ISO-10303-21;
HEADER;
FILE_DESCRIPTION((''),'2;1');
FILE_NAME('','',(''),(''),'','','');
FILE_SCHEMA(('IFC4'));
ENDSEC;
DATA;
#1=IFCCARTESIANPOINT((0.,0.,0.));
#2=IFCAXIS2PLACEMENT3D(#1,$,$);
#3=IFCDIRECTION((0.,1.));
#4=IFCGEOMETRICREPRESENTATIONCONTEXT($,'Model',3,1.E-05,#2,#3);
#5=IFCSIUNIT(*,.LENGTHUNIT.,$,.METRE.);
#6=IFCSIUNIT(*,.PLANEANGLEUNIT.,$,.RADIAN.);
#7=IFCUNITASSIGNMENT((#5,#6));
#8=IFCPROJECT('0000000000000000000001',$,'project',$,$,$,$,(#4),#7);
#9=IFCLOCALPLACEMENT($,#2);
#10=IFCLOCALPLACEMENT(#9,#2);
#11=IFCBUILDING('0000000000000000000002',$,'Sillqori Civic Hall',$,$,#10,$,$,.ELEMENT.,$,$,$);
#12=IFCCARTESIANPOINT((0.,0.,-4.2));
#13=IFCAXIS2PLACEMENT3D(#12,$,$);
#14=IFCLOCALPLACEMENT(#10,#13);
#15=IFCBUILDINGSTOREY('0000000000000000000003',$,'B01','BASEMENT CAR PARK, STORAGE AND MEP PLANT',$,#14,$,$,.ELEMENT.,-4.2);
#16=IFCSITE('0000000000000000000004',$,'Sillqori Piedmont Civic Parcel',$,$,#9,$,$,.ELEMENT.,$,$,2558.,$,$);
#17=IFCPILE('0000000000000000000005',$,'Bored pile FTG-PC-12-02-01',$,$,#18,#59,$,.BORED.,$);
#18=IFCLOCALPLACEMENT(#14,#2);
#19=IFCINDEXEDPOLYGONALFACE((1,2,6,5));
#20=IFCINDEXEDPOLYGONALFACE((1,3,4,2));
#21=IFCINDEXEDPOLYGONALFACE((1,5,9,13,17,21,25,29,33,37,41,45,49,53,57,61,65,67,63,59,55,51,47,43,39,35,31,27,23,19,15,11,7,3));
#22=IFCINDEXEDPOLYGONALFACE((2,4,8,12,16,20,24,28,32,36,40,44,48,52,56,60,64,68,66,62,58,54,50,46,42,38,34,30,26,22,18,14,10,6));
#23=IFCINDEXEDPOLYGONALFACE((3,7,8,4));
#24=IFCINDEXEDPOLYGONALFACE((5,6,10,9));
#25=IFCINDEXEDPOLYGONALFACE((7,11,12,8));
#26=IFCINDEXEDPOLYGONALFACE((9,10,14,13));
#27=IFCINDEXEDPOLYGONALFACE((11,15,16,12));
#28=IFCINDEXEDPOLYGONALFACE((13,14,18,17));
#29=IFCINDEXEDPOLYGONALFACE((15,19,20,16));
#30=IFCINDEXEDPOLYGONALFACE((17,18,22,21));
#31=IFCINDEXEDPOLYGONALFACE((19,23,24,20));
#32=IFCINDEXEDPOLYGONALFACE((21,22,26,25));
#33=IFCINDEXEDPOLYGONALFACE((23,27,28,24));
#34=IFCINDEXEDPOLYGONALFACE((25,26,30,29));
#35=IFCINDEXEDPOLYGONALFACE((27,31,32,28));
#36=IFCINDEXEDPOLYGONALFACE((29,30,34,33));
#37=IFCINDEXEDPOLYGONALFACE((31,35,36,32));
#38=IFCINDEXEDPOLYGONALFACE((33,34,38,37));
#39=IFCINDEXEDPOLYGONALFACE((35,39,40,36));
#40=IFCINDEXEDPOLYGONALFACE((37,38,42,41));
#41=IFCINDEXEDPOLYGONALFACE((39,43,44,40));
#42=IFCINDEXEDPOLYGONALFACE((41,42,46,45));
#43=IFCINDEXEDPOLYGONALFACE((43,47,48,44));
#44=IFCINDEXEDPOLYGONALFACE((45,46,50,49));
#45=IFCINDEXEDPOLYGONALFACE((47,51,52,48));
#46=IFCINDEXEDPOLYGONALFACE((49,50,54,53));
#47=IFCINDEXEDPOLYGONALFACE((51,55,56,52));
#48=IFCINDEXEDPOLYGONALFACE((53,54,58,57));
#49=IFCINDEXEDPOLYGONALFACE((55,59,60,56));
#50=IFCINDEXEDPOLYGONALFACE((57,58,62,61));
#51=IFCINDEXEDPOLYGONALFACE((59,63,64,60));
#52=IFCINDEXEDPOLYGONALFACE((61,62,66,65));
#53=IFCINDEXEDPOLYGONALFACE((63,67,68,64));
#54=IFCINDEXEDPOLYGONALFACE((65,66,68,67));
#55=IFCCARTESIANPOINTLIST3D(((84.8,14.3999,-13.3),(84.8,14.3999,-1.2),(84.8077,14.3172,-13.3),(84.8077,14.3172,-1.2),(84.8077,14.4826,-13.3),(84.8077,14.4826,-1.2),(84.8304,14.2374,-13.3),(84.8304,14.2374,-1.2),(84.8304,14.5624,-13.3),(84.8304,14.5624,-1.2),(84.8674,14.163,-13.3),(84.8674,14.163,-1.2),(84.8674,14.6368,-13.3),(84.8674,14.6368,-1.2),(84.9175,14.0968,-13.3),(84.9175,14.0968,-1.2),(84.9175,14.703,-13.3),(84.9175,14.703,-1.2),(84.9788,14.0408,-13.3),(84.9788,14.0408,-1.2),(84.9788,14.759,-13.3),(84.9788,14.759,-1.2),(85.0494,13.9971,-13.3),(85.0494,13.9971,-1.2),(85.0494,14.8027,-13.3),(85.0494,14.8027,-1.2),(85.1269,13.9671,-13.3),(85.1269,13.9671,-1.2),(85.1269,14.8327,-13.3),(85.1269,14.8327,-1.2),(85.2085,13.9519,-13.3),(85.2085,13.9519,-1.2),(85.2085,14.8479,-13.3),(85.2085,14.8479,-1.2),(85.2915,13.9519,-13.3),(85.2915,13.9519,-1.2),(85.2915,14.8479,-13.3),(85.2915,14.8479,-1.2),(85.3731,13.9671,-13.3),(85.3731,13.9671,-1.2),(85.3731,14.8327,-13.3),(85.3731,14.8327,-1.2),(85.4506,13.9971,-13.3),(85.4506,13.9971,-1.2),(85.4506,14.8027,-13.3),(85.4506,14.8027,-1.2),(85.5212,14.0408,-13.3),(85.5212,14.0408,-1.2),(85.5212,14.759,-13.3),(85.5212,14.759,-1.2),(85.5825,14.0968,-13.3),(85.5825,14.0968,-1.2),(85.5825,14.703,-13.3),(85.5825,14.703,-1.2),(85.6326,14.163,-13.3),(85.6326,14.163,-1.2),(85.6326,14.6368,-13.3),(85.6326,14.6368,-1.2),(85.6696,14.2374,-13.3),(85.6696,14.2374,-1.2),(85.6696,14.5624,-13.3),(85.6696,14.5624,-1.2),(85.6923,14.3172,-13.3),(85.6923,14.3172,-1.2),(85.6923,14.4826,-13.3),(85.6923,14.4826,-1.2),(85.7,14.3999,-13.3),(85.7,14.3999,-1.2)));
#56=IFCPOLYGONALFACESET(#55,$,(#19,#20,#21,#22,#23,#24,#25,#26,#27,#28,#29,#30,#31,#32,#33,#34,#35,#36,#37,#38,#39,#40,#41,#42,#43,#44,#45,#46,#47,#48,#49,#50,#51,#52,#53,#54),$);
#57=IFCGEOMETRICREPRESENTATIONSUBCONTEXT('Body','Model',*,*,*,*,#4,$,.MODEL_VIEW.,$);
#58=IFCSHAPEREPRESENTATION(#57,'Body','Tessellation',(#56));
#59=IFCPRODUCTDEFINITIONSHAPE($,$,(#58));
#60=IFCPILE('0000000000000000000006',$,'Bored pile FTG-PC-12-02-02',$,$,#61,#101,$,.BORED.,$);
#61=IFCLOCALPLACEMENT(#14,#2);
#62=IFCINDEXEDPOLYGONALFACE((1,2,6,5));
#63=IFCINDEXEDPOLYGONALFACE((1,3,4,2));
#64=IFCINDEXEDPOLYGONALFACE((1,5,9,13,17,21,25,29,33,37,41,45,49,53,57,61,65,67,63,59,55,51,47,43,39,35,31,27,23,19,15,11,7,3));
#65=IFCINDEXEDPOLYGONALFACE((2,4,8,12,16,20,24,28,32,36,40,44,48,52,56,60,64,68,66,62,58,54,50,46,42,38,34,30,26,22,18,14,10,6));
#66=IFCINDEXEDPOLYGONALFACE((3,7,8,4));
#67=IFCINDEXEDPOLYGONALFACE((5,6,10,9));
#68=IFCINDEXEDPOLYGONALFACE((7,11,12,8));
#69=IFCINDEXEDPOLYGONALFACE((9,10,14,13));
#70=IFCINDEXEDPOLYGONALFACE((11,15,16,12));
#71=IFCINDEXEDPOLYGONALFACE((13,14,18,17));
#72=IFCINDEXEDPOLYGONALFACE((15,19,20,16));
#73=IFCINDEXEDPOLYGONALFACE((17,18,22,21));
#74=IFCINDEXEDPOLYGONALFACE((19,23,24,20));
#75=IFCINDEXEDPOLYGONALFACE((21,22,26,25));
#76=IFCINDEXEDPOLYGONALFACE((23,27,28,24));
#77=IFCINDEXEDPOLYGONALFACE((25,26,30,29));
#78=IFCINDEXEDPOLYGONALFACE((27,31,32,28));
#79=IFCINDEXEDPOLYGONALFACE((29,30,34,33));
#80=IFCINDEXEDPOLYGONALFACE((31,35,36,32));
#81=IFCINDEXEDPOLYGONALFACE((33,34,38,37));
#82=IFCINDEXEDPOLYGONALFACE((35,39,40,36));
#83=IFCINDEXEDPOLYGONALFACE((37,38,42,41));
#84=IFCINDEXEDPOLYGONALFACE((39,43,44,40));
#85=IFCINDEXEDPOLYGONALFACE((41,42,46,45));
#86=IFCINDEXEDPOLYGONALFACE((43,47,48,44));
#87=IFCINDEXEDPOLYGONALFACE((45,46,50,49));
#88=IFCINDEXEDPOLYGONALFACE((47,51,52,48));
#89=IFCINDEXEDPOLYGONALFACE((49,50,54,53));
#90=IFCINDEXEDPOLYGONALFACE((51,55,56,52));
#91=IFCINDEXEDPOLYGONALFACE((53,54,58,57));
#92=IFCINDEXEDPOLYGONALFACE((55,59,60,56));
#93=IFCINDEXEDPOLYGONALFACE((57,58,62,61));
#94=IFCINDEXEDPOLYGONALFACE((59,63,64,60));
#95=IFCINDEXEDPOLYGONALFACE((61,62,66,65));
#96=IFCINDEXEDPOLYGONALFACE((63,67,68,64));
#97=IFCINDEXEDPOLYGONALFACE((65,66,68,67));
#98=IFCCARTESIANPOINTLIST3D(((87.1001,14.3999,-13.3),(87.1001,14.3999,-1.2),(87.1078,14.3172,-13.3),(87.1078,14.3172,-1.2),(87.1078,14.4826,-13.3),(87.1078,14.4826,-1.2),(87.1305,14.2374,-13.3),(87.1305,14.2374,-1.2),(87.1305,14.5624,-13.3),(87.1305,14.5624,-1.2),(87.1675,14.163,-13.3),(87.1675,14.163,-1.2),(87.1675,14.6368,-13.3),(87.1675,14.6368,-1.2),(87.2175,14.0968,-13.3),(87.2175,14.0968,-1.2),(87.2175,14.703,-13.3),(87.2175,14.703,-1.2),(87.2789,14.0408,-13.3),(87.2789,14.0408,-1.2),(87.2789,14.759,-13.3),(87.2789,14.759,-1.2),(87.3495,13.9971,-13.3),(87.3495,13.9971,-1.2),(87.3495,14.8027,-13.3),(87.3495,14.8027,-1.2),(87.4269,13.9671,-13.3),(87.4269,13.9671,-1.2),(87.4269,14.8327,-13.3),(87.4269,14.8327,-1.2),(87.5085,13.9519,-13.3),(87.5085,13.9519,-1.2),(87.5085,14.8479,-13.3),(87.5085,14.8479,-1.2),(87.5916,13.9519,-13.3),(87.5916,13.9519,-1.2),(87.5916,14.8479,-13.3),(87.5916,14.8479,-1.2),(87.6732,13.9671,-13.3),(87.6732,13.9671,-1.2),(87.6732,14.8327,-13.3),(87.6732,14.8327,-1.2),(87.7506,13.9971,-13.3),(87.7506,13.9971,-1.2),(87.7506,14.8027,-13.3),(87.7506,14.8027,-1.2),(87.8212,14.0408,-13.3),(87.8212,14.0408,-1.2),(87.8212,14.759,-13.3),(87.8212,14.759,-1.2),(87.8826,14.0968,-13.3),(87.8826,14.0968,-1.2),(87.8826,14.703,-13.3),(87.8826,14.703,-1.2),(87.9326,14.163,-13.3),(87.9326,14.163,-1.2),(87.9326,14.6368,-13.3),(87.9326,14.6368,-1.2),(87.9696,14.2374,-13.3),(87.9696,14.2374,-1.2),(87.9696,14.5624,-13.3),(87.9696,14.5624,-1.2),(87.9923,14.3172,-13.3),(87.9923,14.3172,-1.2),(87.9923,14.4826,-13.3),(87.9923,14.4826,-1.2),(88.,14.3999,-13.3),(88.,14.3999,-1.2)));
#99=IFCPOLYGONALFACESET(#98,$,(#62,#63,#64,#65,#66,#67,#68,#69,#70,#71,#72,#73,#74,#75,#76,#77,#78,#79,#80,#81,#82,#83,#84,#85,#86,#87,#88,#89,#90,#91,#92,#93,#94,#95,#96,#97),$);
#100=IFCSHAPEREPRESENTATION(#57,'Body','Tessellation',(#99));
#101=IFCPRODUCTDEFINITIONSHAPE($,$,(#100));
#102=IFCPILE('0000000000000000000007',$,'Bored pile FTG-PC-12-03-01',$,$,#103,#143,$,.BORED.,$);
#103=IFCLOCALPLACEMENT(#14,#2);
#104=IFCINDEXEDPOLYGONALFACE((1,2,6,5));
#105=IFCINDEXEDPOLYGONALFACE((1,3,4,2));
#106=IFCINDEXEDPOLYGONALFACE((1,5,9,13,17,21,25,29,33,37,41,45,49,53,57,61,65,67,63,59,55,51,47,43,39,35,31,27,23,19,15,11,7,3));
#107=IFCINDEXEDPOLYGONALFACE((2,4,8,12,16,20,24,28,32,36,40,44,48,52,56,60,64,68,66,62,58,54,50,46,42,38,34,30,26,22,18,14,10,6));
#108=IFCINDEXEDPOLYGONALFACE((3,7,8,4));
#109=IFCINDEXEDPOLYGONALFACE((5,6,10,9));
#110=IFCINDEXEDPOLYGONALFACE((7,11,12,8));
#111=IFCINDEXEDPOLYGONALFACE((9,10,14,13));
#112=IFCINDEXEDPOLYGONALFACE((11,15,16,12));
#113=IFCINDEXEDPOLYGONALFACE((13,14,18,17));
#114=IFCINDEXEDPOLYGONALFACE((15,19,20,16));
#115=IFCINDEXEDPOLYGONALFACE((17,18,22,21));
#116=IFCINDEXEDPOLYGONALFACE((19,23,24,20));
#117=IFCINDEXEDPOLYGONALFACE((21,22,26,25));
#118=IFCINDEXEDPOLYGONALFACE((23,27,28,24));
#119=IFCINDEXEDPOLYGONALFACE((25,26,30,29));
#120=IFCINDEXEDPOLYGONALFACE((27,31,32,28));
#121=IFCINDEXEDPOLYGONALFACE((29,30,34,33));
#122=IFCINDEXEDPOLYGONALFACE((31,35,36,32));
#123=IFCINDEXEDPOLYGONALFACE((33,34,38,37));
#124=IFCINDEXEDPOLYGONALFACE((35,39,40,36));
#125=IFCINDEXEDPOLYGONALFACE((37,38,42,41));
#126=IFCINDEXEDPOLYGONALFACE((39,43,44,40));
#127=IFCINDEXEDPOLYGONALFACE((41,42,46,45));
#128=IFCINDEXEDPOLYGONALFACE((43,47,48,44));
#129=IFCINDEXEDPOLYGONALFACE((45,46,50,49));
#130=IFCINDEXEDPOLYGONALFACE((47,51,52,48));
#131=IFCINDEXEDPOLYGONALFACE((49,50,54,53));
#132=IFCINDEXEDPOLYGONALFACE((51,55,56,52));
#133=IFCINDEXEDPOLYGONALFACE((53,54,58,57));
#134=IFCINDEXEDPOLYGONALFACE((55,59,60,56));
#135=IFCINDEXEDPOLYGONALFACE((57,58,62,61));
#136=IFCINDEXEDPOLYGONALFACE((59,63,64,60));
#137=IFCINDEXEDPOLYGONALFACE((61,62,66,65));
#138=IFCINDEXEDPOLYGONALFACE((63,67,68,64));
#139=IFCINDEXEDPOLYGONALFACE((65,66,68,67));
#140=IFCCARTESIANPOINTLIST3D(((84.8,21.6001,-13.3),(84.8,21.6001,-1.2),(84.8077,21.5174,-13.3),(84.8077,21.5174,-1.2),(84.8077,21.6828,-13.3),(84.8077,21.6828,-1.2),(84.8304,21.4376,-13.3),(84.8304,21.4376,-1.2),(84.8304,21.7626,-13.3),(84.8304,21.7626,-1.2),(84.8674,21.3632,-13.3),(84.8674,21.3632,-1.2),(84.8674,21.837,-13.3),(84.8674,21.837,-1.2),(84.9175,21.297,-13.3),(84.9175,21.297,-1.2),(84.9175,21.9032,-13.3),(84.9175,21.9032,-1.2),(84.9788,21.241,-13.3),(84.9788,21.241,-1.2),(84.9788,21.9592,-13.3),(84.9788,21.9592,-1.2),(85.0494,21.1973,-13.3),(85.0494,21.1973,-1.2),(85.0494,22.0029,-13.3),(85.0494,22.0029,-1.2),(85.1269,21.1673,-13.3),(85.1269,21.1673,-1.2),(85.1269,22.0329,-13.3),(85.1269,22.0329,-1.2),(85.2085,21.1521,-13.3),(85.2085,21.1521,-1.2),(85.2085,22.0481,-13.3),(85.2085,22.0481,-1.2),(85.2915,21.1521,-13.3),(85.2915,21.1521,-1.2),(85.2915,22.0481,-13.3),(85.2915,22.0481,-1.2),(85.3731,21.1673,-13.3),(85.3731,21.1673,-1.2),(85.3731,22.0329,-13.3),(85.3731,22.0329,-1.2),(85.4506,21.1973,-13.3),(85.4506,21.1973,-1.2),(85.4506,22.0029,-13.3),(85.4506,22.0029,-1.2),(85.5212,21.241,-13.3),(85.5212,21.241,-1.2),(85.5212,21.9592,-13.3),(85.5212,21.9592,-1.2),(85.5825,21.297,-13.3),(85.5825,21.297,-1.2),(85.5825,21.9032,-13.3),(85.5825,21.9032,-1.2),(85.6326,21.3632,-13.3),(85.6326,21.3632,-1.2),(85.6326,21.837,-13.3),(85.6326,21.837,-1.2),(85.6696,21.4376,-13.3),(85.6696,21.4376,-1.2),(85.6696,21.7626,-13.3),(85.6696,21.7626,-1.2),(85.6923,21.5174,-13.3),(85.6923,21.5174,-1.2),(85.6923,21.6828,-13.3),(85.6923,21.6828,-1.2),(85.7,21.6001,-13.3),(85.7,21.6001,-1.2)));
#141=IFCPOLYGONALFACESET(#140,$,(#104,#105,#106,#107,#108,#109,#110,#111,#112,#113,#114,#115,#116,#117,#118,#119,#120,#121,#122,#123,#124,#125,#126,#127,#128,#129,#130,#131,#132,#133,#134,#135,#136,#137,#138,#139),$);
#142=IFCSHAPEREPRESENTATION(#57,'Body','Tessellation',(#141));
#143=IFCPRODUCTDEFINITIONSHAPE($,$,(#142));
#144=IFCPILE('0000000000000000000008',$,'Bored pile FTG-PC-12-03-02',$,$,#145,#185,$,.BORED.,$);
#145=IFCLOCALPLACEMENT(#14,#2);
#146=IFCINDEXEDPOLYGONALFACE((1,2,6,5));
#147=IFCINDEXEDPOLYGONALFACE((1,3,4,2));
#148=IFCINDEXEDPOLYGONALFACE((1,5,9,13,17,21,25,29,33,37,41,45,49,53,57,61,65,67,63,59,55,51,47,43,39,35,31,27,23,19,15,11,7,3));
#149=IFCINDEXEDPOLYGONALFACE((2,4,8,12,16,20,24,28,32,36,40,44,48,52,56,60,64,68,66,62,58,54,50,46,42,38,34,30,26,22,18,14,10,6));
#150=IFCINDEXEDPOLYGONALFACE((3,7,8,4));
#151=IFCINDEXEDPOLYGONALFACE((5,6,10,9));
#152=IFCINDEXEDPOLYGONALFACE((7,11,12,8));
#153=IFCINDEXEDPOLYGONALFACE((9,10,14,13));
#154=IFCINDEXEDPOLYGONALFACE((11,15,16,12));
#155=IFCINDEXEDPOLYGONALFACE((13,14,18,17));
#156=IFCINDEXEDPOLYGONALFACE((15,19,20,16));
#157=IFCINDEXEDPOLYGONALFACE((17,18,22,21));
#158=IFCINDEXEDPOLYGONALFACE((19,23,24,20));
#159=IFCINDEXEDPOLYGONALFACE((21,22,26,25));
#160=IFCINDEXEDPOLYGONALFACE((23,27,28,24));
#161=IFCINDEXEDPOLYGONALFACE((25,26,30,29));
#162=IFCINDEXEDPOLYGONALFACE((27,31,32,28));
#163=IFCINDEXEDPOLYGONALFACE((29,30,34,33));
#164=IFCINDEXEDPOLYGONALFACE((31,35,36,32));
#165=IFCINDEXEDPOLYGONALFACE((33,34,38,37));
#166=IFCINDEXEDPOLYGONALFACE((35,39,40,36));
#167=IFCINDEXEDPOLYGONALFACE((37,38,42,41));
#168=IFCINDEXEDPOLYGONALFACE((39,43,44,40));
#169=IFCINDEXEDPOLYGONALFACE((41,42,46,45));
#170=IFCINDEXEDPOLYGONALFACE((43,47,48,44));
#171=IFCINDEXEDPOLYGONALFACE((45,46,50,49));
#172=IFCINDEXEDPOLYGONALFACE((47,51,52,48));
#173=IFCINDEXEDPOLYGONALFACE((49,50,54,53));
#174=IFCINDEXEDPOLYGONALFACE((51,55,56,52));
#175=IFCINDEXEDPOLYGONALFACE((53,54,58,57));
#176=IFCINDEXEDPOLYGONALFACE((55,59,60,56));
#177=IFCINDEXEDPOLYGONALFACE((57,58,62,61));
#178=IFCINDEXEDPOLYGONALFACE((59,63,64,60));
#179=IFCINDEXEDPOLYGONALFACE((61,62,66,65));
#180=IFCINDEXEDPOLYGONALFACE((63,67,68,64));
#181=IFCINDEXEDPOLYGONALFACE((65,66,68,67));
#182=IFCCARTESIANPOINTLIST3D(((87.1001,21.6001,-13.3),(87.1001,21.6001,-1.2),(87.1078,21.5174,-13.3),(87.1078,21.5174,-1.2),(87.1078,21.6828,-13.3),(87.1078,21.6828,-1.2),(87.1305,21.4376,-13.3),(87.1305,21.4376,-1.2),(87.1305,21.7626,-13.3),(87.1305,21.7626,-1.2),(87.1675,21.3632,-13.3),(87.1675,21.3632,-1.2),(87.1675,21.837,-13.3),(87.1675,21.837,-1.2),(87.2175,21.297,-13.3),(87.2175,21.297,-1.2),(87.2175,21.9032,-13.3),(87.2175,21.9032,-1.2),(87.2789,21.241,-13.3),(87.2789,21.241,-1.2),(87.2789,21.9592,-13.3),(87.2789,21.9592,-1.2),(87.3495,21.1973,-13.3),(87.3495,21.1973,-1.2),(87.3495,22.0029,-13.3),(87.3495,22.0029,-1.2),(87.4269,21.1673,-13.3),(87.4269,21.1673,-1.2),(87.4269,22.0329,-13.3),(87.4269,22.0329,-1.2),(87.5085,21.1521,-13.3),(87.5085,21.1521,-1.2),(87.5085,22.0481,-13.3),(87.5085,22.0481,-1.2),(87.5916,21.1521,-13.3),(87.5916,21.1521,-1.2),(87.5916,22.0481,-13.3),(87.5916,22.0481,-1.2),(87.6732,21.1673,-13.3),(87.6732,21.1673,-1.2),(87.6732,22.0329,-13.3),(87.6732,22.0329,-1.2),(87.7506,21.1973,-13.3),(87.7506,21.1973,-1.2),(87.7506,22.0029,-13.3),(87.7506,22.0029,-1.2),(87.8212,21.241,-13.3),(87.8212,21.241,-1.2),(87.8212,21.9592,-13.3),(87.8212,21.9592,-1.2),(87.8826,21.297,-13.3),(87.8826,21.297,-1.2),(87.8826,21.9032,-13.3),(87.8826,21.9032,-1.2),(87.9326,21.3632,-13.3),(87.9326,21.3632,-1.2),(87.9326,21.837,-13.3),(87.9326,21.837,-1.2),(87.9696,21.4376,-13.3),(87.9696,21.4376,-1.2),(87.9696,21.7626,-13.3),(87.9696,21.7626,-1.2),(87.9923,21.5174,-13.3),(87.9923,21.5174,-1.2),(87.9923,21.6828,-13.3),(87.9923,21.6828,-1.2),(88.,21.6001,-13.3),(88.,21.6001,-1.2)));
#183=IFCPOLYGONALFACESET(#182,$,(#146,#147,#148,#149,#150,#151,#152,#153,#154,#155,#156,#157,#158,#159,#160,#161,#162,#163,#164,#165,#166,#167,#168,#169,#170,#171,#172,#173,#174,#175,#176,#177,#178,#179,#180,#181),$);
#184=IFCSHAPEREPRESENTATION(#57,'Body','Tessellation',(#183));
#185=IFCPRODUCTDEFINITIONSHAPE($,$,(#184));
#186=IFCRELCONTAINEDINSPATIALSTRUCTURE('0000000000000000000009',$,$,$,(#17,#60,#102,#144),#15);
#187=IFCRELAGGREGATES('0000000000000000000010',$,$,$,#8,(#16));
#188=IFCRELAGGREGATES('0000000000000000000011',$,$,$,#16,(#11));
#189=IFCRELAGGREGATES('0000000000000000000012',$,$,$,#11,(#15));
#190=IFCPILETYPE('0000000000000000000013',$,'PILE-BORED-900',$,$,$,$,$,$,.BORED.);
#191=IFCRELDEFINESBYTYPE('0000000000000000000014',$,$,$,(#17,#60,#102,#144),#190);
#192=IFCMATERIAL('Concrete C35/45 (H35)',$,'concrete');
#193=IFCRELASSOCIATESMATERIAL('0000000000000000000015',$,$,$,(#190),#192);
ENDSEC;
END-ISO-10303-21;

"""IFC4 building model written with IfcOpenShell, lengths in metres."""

from ifc_helpers import new_model, si_unit, direction, frame, origin, origin_2d, place, context, subcontext, project, spatial, circle, extrude, material, material_profile, profile_set, type_object, element, save


model = new_model("IFC4")

# Units and contexts
model_context = context("Model", 3, precision=1e-05, world=origin(), true_north=direction((0.0, 1.0)))
body_context = subcontext(model_context, "Body", "Model", "MODEL_VIEW")
ifc_project = project(units=[si_unit("LENGTHUNIT", "METRE"), si_unit("PLANEANGLEUNIT", "RADIAN")], contexts=[model_context])

# Site, building, storey
site_placement = place(None, origin())
site = spatial("IfcSite", under=ifc_project, at=site_placement, Name="Sillqori Piedmont Civic Parcel", CompositionType="ELEMENT", RefElevation=2558.0)
building_placement = place(site_placement, origin())
building = spatial("IfcBuilding", under=site, at=building_placement, Name="Sillqori Civic Hall", CompositionType="ELEMENT")
storey_placement = place(building_placement, frame((0.0, 0.0, -4.2)))
storey = spatial("IfcBuildingStorey", under=building, at=storey_placement, Name="B01", Description="BASEMENT CAR PARK, STORAGE AND MEP PLANT", CompositionType="ELEMENT", Elevation=-4.2)

# Shared definitions
ifc_material = material(Name="Concrete C35/45 (H35)", Category="concrete")

# Piles
ifc_material_profile_1 = material_profile(ifc_material, circle(Radius=0.45, at=origin_2d()), Name="BORED PILE 900")
ifc_profile_set_1 = profile_set([ifc_material_profile_1], Name="Concrete C35/45 (H35)")
pile_type = type_object("IfcPileType", Name="PILE-BORED-900", PredefinedType="BORED", material=ifc_profile_set_1)
for number, where, z_axis, x_axis, name in (
    (1, (85.25, 14.3999, -1.2), (0.0, 0.0, -1.0), (1.0, 0.0, 0.0), "Bored pile FTG-PC-12-02-01"),
    (2, (87.55, 14.3999, -1.2), (0.0, 0.0, -1.0), (1.0, 0.0, 0.0), "Bored pile FTG-PC-12-02-02"),
    (3, (85.25, 21.6001, -1.2), (0.0, 0.0, -1.0), (1.0, 0.0, 0.0), "Bored pile FTG-PC-12-03-01"),
    (4, (87.55, 21.6001, -1.2), (0.0, 0.0, -1.0), (1.0, 0.0, 0.0), "Bored pile FTG-PC-12-03-02"),
):
    element("IfcPile", number, at=place(storey_placement, frame(where, z_axis=z_axis, x_axis=x_axis)), inside=storey, type_object=pile_type, Name=name, PredefinedType="BORED", context=body_context, shape_type="SweptSolid", body=[
        extrude(circle(Radius=0.45, at=origin_2d()), origin(), (0.0, 0.0, 1.0), 12.1001),
    ])

save(model, "model.ifc")
